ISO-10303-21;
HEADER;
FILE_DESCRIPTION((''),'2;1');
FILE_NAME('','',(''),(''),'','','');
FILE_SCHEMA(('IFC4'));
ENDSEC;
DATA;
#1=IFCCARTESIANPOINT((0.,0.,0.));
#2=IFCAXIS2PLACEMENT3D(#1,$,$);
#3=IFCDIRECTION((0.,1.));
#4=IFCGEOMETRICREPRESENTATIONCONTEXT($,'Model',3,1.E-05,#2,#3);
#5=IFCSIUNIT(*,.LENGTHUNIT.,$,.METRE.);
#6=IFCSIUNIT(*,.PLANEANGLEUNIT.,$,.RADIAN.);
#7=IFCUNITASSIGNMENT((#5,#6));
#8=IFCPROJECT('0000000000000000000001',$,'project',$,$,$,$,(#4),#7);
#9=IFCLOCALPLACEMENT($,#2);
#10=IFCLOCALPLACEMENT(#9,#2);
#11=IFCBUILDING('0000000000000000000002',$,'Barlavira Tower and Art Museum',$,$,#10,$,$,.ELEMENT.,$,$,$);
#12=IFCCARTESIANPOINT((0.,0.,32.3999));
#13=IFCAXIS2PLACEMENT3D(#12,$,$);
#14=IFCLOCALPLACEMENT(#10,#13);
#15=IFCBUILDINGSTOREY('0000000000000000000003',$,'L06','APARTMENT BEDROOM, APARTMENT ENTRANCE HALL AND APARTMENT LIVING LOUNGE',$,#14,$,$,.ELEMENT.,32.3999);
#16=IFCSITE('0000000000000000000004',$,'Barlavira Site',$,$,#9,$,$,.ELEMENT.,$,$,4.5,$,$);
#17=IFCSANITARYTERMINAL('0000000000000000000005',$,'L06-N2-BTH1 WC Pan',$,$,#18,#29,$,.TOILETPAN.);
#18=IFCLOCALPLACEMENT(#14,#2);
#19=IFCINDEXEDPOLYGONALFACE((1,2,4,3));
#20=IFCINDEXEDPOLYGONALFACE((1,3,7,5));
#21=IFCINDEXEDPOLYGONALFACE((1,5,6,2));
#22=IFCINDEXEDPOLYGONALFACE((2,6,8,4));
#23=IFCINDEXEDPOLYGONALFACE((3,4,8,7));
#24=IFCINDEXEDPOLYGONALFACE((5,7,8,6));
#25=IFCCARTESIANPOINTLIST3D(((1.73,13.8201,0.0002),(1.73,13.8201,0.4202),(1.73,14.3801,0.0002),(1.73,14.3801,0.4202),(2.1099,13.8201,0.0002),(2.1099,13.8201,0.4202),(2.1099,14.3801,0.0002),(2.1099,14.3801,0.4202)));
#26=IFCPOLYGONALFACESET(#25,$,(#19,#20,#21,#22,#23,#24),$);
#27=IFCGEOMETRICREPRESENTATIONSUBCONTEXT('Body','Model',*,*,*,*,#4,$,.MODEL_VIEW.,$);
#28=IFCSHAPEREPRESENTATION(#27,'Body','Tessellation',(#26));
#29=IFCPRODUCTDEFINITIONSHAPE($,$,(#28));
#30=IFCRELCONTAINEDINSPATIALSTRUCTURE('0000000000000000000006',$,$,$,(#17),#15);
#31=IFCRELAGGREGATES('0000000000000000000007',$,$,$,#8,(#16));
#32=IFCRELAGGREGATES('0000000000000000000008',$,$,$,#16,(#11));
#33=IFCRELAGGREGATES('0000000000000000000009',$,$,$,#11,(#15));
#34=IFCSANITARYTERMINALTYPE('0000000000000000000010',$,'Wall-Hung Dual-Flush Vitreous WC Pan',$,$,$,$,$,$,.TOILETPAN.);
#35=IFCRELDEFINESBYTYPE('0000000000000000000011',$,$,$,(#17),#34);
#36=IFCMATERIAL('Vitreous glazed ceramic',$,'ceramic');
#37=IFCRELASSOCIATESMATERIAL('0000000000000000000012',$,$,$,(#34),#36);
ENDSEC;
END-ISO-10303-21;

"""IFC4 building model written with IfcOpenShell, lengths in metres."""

from ifc_helpers import new_model, si_unit, direction, frame, origin, origin_2d, place, context, subcontext, project, spatial, rectangle, extrude, material, type_object, element, save


model = new_model("IFC4")

# Units and contexts
model_context = context("Model", 3, precision=1e-05, world=origin(), true_north=direction((0.0, 1.0)))
body_context = subcontext(model_context, "Body", "Model", "MODEL_VIEW")
ifc_project = project(units=[si_unit("LENGTHUNIT", "METRE"), si_unit("PLANEANGLEUNIT", "RADIAN")], contexts=[model_context])

# Site, building, storey
site_placement = place(None, origin())
site = spatial("IfcSite", under=ifc_project, at=site_placement, Name="Barlavira Site", CompositionType="ELEMENT", RefElevation=4.5)
building_placement = place(site_placement, origin())
building = spatial("IfcBuilding", under=site, at=building_placement, Name="Barlavira Tower and Art Museum", CompositionType="ELEMENT")
storey_placement = place(building_placement, frame((0.0, 0.0, 32.3999)))
storey = spatial("IfcBuildingStorey", under=building, at=storey_placement, Name="L06", Description="APARTMENT BEDROOM, APARTMENT ENTRANCE HALL AND APARTMENT LIVING LOUNGE", CompositionType="ELEMENT", Elevation=32.3999)

# Sanitary terminal
ifc_material_1 = material(Name="Vitreous glazed ceramic", Category="ceramic")
sanitary_terminal_type_1 = type_object("IfcSanitaryTerminalType", Name="Wall-Hung Dual-Flush Vitreous WC Pan", PredefinedType="TOILETPAN", material=ifc_material_1)
sanitary_terminal_placement = place(storey_placement, frame((1.9199, 14.1001, 0.0002), z_axis=(0.0, 0.0, 1.0), x_axis=(1.0, 0.0, 0.0)))
element("IfcSanitaryTerminal", 1, at=sanitary_terminal_placement, inside=storey, type_object=sanitary_terminal_type_1, Name="L06-N2-BTH1 WC Pan", PredefinedType="TOILETPAN", context=body_context, shape_type="SweptSolid", body=[
    extrude(rectangle(XDim=0.3799, YDim=0.5601, at=origin_2d()), origin(), (0.0, 0.0, 1.0), 0.4199),
])

save(model, "model.ifc")
